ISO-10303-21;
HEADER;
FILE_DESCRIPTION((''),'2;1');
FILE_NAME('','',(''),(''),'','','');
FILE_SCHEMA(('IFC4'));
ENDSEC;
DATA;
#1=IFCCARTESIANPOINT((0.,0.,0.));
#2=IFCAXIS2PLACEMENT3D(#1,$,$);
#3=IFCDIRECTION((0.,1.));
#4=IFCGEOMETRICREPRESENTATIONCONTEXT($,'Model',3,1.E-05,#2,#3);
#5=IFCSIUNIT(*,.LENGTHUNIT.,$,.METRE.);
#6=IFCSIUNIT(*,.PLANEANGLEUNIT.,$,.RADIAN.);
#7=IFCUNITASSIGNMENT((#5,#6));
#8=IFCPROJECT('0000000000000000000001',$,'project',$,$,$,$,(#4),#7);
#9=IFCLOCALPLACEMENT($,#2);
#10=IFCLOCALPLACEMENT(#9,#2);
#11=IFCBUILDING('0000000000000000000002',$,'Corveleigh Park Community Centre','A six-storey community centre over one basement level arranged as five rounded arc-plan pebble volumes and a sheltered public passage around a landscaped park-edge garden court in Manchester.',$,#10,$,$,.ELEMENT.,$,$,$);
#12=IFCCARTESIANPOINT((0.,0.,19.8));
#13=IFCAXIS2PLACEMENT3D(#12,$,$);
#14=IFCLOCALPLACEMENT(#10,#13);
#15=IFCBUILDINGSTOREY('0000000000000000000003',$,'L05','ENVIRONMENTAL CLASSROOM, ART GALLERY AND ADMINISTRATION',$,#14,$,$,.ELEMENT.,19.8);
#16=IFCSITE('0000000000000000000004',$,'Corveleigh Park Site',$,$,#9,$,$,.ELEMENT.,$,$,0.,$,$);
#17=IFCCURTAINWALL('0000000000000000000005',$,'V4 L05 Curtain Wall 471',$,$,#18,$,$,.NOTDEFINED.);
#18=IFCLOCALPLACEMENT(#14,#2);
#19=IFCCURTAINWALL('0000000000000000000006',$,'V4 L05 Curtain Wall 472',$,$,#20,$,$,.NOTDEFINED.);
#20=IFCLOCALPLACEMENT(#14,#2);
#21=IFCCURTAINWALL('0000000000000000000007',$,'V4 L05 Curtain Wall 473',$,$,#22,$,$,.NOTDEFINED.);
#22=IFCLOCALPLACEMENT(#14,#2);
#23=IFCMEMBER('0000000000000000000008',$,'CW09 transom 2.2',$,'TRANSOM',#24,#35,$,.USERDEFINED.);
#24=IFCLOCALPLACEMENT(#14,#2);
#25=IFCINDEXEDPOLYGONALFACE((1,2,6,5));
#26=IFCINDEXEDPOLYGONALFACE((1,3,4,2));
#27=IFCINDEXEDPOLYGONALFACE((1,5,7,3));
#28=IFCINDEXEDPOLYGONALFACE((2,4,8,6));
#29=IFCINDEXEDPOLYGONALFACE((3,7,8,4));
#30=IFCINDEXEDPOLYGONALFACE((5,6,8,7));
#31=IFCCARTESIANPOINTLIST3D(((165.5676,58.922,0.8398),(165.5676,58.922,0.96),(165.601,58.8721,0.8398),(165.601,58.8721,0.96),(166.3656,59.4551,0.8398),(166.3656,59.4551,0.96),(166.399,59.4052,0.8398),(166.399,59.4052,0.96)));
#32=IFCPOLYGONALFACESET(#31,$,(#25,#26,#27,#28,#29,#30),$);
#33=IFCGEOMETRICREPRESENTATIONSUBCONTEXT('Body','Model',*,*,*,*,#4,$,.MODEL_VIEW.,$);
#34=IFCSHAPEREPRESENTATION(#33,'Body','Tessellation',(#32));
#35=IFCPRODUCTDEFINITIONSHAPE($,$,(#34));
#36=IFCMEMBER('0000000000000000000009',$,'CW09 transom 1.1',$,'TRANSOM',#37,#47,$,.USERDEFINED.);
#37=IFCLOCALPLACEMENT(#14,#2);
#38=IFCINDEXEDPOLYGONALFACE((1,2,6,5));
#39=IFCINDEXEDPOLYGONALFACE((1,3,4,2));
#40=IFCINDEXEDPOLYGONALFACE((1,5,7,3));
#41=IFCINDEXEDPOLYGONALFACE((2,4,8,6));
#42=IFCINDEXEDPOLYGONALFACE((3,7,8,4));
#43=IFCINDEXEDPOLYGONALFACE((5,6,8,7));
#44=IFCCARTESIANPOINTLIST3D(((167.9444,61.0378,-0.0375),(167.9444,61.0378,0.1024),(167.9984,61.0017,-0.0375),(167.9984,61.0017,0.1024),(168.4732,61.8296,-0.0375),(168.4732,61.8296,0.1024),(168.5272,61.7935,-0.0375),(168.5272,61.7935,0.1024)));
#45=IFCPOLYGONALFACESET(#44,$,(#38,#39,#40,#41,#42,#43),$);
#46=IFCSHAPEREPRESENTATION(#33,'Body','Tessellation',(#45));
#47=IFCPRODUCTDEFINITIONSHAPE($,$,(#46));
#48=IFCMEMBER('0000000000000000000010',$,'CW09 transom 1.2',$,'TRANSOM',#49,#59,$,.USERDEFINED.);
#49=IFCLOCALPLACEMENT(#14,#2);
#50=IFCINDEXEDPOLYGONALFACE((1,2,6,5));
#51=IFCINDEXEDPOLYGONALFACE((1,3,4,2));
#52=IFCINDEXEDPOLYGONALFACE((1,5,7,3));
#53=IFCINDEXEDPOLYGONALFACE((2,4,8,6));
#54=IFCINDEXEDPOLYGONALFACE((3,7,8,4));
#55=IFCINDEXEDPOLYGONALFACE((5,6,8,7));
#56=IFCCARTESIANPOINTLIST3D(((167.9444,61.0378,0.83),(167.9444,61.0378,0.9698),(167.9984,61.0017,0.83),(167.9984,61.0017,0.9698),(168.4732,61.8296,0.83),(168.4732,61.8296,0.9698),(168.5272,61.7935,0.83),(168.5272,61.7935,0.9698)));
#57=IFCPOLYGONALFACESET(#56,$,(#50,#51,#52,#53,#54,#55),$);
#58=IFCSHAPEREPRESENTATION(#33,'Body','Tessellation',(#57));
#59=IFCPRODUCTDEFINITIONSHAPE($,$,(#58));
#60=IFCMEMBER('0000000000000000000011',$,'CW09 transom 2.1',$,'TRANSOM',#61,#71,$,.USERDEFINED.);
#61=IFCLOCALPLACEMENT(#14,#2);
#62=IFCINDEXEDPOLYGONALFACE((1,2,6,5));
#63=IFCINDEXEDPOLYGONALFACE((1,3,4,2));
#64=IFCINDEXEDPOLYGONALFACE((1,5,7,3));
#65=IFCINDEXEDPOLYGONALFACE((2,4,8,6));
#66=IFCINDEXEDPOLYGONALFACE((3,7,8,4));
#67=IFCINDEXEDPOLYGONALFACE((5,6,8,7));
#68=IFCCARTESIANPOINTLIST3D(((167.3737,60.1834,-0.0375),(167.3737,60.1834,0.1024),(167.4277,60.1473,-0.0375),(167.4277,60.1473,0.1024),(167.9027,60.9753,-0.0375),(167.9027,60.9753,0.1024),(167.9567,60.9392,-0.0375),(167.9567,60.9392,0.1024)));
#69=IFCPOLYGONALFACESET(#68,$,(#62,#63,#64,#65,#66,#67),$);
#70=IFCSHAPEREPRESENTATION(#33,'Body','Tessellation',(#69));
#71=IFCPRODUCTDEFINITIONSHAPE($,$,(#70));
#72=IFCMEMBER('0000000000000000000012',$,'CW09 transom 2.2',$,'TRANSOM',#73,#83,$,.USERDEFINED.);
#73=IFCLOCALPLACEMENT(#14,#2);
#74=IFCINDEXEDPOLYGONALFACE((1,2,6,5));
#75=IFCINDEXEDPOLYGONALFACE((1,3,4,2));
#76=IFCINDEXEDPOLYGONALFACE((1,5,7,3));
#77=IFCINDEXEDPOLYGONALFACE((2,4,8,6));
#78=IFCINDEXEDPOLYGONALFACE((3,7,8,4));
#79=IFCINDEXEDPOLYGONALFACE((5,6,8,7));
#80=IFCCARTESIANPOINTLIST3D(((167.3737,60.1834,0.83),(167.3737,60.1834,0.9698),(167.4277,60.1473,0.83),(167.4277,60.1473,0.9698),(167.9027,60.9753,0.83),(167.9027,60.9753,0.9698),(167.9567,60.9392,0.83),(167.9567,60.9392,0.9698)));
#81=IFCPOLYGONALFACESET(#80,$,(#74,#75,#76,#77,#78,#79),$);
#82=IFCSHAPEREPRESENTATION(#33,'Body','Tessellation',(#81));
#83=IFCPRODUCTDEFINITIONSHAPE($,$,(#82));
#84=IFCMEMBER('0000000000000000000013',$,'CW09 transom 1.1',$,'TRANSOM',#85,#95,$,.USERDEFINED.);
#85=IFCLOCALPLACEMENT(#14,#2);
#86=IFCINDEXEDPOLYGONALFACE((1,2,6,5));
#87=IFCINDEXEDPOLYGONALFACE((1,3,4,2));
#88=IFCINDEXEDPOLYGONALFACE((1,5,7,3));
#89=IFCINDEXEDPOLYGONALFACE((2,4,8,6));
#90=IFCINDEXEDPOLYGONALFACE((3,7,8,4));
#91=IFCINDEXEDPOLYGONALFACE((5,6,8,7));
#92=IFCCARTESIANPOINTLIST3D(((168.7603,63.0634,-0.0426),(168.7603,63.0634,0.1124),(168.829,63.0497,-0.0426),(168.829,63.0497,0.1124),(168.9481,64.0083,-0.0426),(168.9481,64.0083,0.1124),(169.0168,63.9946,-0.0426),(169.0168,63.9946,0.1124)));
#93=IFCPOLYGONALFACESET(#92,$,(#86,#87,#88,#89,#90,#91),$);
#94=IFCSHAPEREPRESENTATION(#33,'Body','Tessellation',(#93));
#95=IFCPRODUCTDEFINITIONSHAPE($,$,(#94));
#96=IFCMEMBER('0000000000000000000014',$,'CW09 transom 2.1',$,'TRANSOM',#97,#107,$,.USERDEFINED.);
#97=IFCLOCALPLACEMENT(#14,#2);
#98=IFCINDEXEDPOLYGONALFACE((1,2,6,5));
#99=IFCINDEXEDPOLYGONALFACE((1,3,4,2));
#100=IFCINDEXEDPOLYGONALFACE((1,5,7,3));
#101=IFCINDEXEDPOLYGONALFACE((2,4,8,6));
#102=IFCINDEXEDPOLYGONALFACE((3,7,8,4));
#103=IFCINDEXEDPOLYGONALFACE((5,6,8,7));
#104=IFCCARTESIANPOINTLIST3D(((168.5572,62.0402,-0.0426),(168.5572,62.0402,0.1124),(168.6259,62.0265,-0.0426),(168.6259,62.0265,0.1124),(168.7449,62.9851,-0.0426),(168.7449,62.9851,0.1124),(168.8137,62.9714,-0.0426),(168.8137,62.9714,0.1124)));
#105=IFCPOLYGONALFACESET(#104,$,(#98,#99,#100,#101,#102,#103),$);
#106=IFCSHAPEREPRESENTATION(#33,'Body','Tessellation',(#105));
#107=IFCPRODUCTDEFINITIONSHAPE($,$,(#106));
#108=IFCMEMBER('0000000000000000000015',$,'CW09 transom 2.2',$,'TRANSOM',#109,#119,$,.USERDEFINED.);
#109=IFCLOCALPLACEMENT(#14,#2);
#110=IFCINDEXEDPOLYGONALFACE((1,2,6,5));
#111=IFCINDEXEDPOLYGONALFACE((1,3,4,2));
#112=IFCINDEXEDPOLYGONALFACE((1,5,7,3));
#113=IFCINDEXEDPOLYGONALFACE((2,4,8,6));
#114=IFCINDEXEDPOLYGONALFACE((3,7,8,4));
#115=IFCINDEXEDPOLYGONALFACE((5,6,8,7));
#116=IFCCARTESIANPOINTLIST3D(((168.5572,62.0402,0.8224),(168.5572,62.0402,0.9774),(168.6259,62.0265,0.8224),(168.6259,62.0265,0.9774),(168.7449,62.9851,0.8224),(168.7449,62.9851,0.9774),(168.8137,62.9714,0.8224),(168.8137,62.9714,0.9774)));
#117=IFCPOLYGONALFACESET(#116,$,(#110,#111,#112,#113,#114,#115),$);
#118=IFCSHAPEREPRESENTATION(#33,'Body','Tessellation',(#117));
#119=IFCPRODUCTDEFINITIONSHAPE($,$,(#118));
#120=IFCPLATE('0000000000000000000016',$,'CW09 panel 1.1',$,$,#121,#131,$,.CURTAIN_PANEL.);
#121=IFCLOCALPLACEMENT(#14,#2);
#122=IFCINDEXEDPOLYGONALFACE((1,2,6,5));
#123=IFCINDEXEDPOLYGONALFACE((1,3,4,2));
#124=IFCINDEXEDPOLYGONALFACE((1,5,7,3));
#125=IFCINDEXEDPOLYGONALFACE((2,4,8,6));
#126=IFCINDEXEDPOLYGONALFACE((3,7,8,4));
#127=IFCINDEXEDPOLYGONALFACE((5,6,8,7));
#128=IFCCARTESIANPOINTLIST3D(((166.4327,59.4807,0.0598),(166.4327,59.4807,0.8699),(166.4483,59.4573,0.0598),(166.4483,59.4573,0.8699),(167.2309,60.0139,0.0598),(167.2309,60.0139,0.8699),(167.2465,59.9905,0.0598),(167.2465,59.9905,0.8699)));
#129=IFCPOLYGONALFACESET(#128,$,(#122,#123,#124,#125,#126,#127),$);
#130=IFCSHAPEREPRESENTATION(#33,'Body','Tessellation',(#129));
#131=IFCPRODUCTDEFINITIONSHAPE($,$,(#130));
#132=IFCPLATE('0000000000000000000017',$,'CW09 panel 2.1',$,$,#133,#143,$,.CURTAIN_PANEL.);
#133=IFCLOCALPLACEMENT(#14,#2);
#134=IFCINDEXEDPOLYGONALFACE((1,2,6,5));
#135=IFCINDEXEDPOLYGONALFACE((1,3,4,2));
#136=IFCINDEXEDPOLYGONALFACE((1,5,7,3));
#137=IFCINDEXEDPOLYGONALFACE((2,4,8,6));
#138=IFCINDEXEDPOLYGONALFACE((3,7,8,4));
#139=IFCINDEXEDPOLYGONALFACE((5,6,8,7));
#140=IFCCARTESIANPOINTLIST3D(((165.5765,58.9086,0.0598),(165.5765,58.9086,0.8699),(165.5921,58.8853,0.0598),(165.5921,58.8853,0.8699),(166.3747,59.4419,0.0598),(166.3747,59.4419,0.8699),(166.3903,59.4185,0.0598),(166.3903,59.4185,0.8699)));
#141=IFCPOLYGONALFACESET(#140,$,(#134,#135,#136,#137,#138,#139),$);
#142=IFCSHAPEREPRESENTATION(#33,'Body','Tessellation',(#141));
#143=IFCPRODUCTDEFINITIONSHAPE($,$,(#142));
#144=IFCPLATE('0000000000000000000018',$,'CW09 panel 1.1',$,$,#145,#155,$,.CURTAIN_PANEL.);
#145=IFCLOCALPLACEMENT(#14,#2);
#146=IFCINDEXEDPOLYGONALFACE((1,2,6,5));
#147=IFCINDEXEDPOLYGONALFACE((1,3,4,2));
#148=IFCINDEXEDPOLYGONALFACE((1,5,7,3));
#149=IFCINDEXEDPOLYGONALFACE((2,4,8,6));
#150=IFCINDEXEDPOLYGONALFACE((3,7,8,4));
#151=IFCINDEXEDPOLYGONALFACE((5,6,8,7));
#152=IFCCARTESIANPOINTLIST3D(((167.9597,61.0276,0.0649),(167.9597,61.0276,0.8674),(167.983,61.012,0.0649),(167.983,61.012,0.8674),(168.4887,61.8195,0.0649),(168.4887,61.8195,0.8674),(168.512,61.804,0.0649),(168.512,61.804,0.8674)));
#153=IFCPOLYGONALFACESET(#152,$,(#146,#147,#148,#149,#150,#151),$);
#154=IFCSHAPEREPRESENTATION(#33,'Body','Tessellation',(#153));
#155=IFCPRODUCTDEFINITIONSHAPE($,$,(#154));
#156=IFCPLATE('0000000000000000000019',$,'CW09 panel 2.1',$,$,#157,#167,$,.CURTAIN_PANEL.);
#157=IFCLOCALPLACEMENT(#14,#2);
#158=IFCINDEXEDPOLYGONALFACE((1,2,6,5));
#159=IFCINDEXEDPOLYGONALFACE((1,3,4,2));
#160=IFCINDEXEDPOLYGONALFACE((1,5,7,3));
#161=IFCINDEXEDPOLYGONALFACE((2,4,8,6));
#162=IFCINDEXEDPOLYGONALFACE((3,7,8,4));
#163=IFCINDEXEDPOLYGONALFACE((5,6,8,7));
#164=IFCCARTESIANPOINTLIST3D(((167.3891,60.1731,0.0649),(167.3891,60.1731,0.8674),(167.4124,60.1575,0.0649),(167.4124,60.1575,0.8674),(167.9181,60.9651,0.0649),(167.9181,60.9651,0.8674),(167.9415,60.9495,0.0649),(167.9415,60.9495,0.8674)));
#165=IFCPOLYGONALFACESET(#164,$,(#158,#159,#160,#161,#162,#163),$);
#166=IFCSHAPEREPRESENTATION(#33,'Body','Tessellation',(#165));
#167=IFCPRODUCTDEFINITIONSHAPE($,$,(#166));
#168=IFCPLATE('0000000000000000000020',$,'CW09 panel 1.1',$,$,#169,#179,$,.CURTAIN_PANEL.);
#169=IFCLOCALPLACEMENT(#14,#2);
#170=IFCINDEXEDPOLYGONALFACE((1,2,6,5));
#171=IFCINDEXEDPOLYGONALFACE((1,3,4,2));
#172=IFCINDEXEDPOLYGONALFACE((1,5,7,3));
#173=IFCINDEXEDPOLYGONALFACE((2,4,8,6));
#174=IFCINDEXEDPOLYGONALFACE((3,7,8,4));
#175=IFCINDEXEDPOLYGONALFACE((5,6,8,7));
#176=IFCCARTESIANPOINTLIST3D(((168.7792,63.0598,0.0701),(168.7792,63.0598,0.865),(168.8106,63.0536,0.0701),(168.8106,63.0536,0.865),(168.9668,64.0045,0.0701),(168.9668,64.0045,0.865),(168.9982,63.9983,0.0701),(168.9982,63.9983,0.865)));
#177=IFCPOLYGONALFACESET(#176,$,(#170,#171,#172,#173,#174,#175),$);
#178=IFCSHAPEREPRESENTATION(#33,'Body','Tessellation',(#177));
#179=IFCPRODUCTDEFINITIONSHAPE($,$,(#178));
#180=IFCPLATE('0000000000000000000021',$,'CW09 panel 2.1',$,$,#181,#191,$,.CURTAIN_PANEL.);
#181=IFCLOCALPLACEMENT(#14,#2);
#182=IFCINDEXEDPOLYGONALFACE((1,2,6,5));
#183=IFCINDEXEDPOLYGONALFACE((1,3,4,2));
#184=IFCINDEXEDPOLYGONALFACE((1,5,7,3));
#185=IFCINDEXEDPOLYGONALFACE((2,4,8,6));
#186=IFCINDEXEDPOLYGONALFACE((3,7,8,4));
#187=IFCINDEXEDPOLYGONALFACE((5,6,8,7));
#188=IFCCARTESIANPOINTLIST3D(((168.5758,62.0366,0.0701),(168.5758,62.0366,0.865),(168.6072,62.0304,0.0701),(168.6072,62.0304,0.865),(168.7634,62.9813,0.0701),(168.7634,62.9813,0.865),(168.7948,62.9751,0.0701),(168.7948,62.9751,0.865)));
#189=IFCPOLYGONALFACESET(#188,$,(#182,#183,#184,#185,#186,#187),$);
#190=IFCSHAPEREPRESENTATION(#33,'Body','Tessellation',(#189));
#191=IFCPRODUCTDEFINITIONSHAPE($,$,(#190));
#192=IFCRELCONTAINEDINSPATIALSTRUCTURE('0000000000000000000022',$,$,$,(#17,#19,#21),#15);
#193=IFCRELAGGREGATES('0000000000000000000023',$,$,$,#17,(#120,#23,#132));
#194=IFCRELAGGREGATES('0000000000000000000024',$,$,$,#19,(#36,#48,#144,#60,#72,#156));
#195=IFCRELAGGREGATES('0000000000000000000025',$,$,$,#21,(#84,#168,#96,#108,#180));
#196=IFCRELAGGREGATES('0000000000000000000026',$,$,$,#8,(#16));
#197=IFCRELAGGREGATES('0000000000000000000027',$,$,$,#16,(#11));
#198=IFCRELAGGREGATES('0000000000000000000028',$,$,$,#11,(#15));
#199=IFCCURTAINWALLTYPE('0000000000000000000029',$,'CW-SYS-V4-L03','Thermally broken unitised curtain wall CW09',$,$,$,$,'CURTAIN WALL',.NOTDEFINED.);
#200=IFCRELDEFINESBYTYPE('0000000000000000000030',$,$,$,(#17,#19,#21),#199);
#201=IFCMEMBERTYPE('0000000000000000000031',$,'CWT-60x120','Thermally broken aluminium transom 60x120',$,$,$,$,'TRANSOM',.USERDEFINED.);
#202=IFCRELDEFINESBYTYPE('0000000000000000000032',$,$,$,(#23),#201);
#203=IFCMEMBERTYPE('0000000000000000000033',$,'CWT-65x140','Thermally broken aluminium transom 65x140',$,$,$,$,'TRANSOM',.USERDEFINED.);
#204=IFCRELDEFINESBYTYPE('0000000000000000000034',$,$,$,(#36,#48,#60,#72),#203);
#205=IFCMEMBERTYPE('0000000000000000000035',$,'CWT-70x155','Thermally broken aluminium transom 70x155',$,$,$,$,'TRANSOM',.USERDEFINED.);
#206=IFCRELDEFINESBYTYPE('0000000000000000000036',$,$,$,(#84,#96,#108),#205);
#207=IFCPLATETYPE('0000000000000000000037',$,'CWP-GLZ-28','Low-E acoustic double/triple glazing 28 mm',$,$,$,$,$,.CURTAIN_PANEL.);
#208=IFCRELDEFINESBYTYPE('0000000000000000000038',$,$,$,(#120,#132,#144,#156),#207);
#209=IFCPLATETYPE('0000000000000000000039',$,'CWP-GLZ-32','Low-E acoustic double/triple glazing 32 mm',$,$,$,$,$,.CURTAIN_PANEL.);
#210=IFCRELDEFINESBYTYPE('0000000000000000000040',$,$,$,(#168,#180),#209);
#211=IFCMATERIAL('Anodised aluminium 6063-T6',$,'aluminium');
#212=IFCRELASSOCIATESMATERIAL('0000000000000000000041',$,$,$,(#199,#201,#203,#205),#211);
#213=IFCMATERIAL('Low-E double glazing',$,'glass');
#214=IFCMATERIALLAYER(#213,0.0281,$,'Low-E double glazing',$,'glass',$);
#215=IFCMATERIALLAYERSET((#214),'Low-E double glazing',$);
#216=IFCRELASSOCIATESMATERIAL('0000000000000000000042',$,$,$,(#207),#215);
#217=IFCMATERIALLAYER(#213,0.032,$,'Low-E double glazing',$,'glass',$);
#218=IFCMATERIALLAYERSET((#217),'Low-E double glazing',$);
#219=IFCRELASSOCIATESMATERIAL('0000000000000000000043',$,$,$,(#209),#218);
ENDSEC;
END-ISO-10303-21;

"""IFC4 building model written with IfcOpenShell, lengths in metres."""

from ifc_helpers import new_model, si_unit, direction, frame, origin, origin_2d, place, context, subcontext, project, spatial, rectangle, extrude, material, layer, layer_set, material_profile, profile_set, type_object, element, aggregate, save


model = new_model("IFC4")

# Units and contexts
model_context = context("Model", 3, precision=1e-05, world=origin(), true_north=direction((0.0, 1.0)))
body_context = subcontext(model_context, "Body", "Model", "MODEL_VIEW")
ifc_project = project(units=[si_unit("LENGTHUNIT", "METRE"), si_unit("PLANEANGLEUNIT", "RADIAN")], contexts=[model_context])

# Site, building, storey
site_placement = place(None, origin())
site = spatial("IfcSite", under=ifc_project, at=site_placement, Name="Corveleigh Park Site", CompositionType="ELEMENT", RefElevation=0.0)
building_placement = place(site_placement, origin())
building = spatial("IfcBuilding", under=site, at=building_placement, Name="Corveleigh Park Community Centre", Description="A six-storey community centre over one basement level arranged as five rounded arc-plan pebble volumes and a sheltered public passage around a landscaped park-edge garden court in Manchester.", CompositionType="ELEMENT")
storey_placement = place(building_placement, frame((0.0, 0.0, 19.8)))
storey = spatial("IfcBuildingStorey", under=building, at=storey_placement, Name="L05", Description="ENVIRONMENTAL CLASSROOM, ART GALLERY AND ADMINISTRATION", CompositionType="ELEMENT", Elevation=19.8)

# Curtain walls
ifc_material_1 = material(Name="Anodised aluminium 6063-T6", Category="aluminium")
curtain_wall_type = type_object("IfcCurtainWallType", Name="CW-SYS-V4-L03", Description="Thermally broken unitised curtain wall CW09", ElementType="CURTAIN WALL", PredefinedType="NOTDEFINED", material=ifc_material_1)
curtain_wall_1_placement = place(storey_placement, origin())
curtain_wall_1 = element("IfcCurtainWall", 1, at=curtain_wall_1_placement, inside=storey, type_object=curtain_wall_type, Name="V4 L05 Curtain Wall 471", PredefinedType="NOTDEFINED")
curtain_wall_2_placement = place(storey_placement, origin())
curtain_wall_2 = element("IfcCurtainWall", 2, at=curtain_wall_2_placement, inside=storey, type_object=curtain_wall_type, Name="V4 L05 Curtain Wall 472", PredefinedType="NOTDEFINED")
curtain_wall_3_placement = place(storey_placement, origin())
curtain_wall_3 = element("IfcCurtainWall", 3, at=curtain_wall_3_placement, inside=storey, type_object=curtain_wall_type, Name="V4 L05 Curtain Wall 473", PredefinedType="NOTDEFINED")

# Members
ifc_material_profile_1 = material_profile(ifc_material_1, rectangle(XDim=0.0601, YDim=0.1201, at=origin_2d()), Name="ALU-T60x120", Category="aluminium")
ifc_profile_set_1 = profile_set([ifc_material_profile_1], Name="Anodised aluminium 6063-T6")
member_type_1 = type_object("IfcMemberType", Name="CWT-60x120", Description="Thermally broken aluminium transom 60x120", ElementType="TRANSOM", PredefinedType="USERDEFINED", material=ifc_profile_set_1)
member_1_placement = place(storey_placement, frame((166.3823, 59.4302, 0.8999), z_axis=(-0.831502, -0.555522, 0.0), x_axis=(0.555522, -0.831502, 0.0)))
member_1 = element("IfcMember", 4, at=member_1_placement, type_object=member_type_1, Name="CW09 transom 2.2", ObjectType="TRANSOM", PredefinedType="USERDEFINED", context=body_context, shape_type="SweptSolid", body=[
    extrude(rectangle(XDim=0.0601, YDim=0.1201, at=origin_2d()), origin(), (0.0, 0.0, 1.0), 0.9597),
])
ifc_material_profile_2 = material_profile(ifc_material_1, rectangle(XDim=0.0649, YDim=0.1399, at=origin_2d()), Name="ALU-T65x140", Category="aluminium")
ifc_profile_set_2 = profile_set([ifc_material_profile_2], Name="Anodised aluminium 6063-T6")
member_type_2 = type_object("IfcMemberType", Name="CWT-65x140", Description="Thermally broken aluminium transom 65x140", ElementType="TRANSOM", PredefinedType="USERDEFINED", material=ifc_profile_set_2)
member_2_placement = place(storey_placement, frame((168.5002, 61.8115, 0.0325), z_axis=(-0.55541, -0.831577, 0.0), x_axis=(0.831577, -0.55541, 0.0)))
member_2 = element("IfcMember", 5, at=member_2_placement, type_object=member_type_2, Name="CW09 transom 1.1", ObjectType="TRANSOM", PredefinedType="USERDEFINED", context=body_context, shape_type="SweptSolid", body=[
    extrude(rectangle(XDim=0.0649, YDim=0.1399, at=origin_2d()), origin(), (0.0, 0.0, 1.0), 0.9521),
])
member_3_placement = place(storey_placement, frame((168.5002, 61.8115, 0.8999), z_axis=(-0.55541, -0.831577, 0.0), x_axis=(0.831577, -0.55541, 0.0)))
member_3 = element("IfcMember", 6, at=member_3_placement, type_object=member_type_2, Name="CW09 transom 1.2", ObjectType="TRANSOM", PredefinedType="USERDEFINED", context=body_context, shape_type="SweptSolid", body=[
    extrude(rectangle(XDim=0.0649, YDim=0.1399, at=origin_2d()), origin(), (0.0, 0.0, 1.0), 0.9521),
])
member_4_placement = place(storey_placement, frame((167.9297, 60.9573, 0.0325), z_axis=(-0.555469, -0.831537, 0.0), x_axis=(0.831537, -0.555469, 0.0)))
member_4 = element("IfcMember", 7, at=member_4_placement, type_object=member_type_2, Name="CW09 transom 2.1", ObjectType="TRANSOM", PredefinedType="USERDEFINED", context=body_context, shape_type="SweptSolid", body=[
    extrude(rectangle(XDim=0.0649, YDim=0.1399, at=origin_2d()), origin(), (0.0, 0.0, 1.0), 0.9524),
])
member_5_placement = place(storey_placement, frame((167.9297, 60.9573, 0.8999), z_axis=(-0.555469, -0.831537, 0.0), x_axis=(0.831537, -0.555469, 0.0)))
member_5 = element("IfcMember", 8, at=member_5_placement, type_object=member_type_2, Name="CW09 transom 2.2", ObjectType="TRANSOM", PredefinedType="USERDEFINED", context=body_context, shape_type="SweptSolid", body=[
    extrude(rectangle(XDim=0.0649, YDim=0.1399, at=origin_2d()), origin(), (0.0, 0.0, 1.0), 0.9524),
])
ifc_material_profile_3 = material_profile(ifc_material_1, rectangle(XDim=0.0701, YDim=0.155, at=origin_2d()), Name="ALU-T70x155", Category="aluminium")
ifc_profile_set_3 = profile_set([ifc_material_profile_3], Name="Anodised aluminium 6063-T6")
member_type_3 = type_object("IfcMemberType", Name="CWT-70x155", Description="Thermally broken aluminium transom 70x155", ElementType="TRANSOM", PredefinedType="USERDEFINED", material=ifc_profile_set_3)
member_6_placement = place(storey_placement, frame((168.9824, 64.0015, 0.0349), z_axis=(-0.194898, -0.980824, 0.0), x_axis=(0.980824, -0.194898, 0.0)))
member_6 = element("IfcMember", 9, at=member_6_placement, type_object=member_type_3, Name="CW09 transom 1.1", ObjectType="TRANSOM", PredefinedType="USERDEFINED", context=body_context, shape_type="SweptSolid", body=[
    extrude(rectangle(XDim=0.0701, YDim=0.155, at=origin_2d()), origin(), (0.0, 0.0, 1.0), 0.9634),
])
member_7_placement = place(storey_placement, frame((168.7793, 62.9783, 0.0349), z_axis=(-0.194898, -0.980824, 0.0), x_axis=(0.980824, -0.194898, 0.0)))
member_7 = element("IfcMember", 10, at=member_7_placement, type_object=member_type_3, Name="CW09 transom 2.1", ObjectType="TRANSOM", PredefinedType="USERDEFINED", context=body_context, shape_type="SweptSolid", body=[
    extrude(rectangle(XDim=0.0701, YDim=0.155, at=origin_2d()), origin(), (0.0, 0.0, 1.0), 0.9634),
])
member_8_placement = place(storey_placement, frame((168.7793, 62.9783, 0.8999), z_axis=(-0.194898, -0.980824, 0.0), x_axis=(0.980824, -0.194898, 0.0)))
member_8 = element("IfcMember", 11, at=member_8_placement, type_object=member_type_3, Name="CW09 transom 2.2", ObjectType="TRANSOM", PredefinedType="USERDEFINED", context=body_context, shape_type="SweptSolid", body=[
    extrude(rectangle(XDim=0.0701, YDim=0.155, at=origin_2d()), origin(), (0.0, 0.0, 1.0), 0.9634),
])

# Plates
ifc_material_2 = material(Name="Low-E double glazing", Category="glass")
ifc_layer_1 = layer(ifc_material_2, 0.0281, Name="Low-E double glazing", Category="glass")
ifc_layer_set_1 = layer_set([ifc_layer_1], Name="Low-E double glazing")
plate_type_1 = type_object("IfcPlateType", Name="CWP-GLZ-28", Description="Low-E acoustic double/triple glazing 28 mm", PredefinedType="CURTAIN_PANEL", material=ifc_layer_set_1)
plate_1_placement = place(storey_placement, frame((166.8396, 59.7356, 0.0598), z_axis=(0.0, 0.0, 1.0), x_axis=(-0.831544, -0.555458, 0.0)))
plate_1 = element("IfcPlate", 12, at=plate_1_placement, type_object=plate_type_1, Name="CW09 panel 1.1", PredefinedType="CURTAIN_PANEL", context=body_context, shape_type="SweptSolid", body=[
    extrude(rectangle(XDim=0.96, YDim=0.0281, at=origin_2d()), origin(), (0.0, 0.0, 1.0), 0.8101),
])
plate_2_placement = place(storey_placement, frame((165.9834, 59.1636, 0.0598), z_axis=(0.0, 0.0, 1.0), x_axis=(-0.831544, -0.555458, 0.0)))
plate_2 = element("IfcPlate", 13, at=plate_2_placement, type_object=plate_type_1, Name="CW09 panel 2.1", PredefinedType="CURTAIN_PANEL", context=body_context, shape_type="SweptSolid", body=[
    extrude(rectangle(XDim=0.96, YDim=0.0281, at=origin_2d()), origin(), (0.0, 0.0, 1.0), 0.8101),
])
aggregate(curtain_wall_1, [plate_1, member_1, plate_2])
plate_3_placement = place(storey_placement, frame((168.2358, 61.4158, 0.0649), z_axis=(0.0, 0.0, 1.0), x_axis=(-0.555458, -0.831544, 0.0)))
plate_3 = element("IfcPlate", 14, at=plate_3_placement, type_object=plate_type_1, Name="CW09 panel 1.1", PredefinedType="CURTAIN_PANEL", context=body_context, shape_type="SweptSolid", body=[
    extrude(rectangle(XDim=0.9524, YDim=0.0281, at=origin_2d()), origin(), (0.0, 0.0, 1.0), 0.8025),
])
plate_4_placement = place(storey_placement, frame((167.6653, 60.5613, 0.0649), z_axis=(0.0, 0.0, 1.0), x_axis=(-0.555458, -0.831544, 0.0)))
plate_4 = element("IfcPlate", 15, at=plate_4_placement, type_object=plate_type_1, Name="CW09 panel 2.1", PredefinedType="CURTAIN_PANEL", context=body_context, shape_type="SweptSolid", body=[
    extrude(rectangle(XDim=0.9524, YDim=0.0281, at=origin_2d()), origin(), (0.0, 0.0, 1.0), 0.8025),
])
aggregate(curtain_wall_2, [member_2, member_3, plate_3, member_4, member_5, plate_4])
ifc_layer_2 = layer(ifc_material_2, 0.032, Name="Low-E double glazing", Category="glass")
ifc_layer_set_2 = layer_set([ifc_layer_2], Name="Low-E double glazing")
plate_type_2 = type_object("IfcPlateType", Name="CWP-GLZ-32", Description="Low-E acoustic double/triple glazing 32 mm", PredefinedType="CURTAIN_PANEL", material=ifc_layer_set_2)
plate_5_placement = place(storey_placement, frame((168.8887, 63.5291, 0.0701), z_axis=(0.0, 0.0, 1.0), x_axis=(-0.194784, -0.980846, 0.0)))
plate_5 = element("IfcPlate", 16, at=plate_5_placement, type_object=plate_type_2, Name="CW09 panel 1.1", PredefinedType="CURTAIN_PANEL", context=body_context, shape_type="SweptSolid", body=[
    extrude(rectangle(XDim=0.9631, YDim=0.032, at=origin_2d()), origin(), (0.0, 0.0, 1.0), 0.7949),
])
plate_6_placement = place(storey_placement, frame((168.6853, 62.5059, 0.0701), z_axis=(0.0, 0.0, 1.0), x_axis=(-0.194784, -0.980846, 0.0)))
plate_6 = element("IfcPlate", 17, at=plate_6_placement, type_object=plate_type_2, Name="CW09 panel 2.1", PredefinedType="CURTAIN_PANEL", context=body_context, shape_type="SweptSolid", body=[
    extrude(rectangle(XDim=0.9631, YDim=0.032, at=origin_2d()), origin(), (0.0, 0.0, 1.0), 0.7949),
])
aggregate(curtain_wall_3, [member_6, plate_5, member_7, member_8, plate_6])

save(model, "model.ifc")
